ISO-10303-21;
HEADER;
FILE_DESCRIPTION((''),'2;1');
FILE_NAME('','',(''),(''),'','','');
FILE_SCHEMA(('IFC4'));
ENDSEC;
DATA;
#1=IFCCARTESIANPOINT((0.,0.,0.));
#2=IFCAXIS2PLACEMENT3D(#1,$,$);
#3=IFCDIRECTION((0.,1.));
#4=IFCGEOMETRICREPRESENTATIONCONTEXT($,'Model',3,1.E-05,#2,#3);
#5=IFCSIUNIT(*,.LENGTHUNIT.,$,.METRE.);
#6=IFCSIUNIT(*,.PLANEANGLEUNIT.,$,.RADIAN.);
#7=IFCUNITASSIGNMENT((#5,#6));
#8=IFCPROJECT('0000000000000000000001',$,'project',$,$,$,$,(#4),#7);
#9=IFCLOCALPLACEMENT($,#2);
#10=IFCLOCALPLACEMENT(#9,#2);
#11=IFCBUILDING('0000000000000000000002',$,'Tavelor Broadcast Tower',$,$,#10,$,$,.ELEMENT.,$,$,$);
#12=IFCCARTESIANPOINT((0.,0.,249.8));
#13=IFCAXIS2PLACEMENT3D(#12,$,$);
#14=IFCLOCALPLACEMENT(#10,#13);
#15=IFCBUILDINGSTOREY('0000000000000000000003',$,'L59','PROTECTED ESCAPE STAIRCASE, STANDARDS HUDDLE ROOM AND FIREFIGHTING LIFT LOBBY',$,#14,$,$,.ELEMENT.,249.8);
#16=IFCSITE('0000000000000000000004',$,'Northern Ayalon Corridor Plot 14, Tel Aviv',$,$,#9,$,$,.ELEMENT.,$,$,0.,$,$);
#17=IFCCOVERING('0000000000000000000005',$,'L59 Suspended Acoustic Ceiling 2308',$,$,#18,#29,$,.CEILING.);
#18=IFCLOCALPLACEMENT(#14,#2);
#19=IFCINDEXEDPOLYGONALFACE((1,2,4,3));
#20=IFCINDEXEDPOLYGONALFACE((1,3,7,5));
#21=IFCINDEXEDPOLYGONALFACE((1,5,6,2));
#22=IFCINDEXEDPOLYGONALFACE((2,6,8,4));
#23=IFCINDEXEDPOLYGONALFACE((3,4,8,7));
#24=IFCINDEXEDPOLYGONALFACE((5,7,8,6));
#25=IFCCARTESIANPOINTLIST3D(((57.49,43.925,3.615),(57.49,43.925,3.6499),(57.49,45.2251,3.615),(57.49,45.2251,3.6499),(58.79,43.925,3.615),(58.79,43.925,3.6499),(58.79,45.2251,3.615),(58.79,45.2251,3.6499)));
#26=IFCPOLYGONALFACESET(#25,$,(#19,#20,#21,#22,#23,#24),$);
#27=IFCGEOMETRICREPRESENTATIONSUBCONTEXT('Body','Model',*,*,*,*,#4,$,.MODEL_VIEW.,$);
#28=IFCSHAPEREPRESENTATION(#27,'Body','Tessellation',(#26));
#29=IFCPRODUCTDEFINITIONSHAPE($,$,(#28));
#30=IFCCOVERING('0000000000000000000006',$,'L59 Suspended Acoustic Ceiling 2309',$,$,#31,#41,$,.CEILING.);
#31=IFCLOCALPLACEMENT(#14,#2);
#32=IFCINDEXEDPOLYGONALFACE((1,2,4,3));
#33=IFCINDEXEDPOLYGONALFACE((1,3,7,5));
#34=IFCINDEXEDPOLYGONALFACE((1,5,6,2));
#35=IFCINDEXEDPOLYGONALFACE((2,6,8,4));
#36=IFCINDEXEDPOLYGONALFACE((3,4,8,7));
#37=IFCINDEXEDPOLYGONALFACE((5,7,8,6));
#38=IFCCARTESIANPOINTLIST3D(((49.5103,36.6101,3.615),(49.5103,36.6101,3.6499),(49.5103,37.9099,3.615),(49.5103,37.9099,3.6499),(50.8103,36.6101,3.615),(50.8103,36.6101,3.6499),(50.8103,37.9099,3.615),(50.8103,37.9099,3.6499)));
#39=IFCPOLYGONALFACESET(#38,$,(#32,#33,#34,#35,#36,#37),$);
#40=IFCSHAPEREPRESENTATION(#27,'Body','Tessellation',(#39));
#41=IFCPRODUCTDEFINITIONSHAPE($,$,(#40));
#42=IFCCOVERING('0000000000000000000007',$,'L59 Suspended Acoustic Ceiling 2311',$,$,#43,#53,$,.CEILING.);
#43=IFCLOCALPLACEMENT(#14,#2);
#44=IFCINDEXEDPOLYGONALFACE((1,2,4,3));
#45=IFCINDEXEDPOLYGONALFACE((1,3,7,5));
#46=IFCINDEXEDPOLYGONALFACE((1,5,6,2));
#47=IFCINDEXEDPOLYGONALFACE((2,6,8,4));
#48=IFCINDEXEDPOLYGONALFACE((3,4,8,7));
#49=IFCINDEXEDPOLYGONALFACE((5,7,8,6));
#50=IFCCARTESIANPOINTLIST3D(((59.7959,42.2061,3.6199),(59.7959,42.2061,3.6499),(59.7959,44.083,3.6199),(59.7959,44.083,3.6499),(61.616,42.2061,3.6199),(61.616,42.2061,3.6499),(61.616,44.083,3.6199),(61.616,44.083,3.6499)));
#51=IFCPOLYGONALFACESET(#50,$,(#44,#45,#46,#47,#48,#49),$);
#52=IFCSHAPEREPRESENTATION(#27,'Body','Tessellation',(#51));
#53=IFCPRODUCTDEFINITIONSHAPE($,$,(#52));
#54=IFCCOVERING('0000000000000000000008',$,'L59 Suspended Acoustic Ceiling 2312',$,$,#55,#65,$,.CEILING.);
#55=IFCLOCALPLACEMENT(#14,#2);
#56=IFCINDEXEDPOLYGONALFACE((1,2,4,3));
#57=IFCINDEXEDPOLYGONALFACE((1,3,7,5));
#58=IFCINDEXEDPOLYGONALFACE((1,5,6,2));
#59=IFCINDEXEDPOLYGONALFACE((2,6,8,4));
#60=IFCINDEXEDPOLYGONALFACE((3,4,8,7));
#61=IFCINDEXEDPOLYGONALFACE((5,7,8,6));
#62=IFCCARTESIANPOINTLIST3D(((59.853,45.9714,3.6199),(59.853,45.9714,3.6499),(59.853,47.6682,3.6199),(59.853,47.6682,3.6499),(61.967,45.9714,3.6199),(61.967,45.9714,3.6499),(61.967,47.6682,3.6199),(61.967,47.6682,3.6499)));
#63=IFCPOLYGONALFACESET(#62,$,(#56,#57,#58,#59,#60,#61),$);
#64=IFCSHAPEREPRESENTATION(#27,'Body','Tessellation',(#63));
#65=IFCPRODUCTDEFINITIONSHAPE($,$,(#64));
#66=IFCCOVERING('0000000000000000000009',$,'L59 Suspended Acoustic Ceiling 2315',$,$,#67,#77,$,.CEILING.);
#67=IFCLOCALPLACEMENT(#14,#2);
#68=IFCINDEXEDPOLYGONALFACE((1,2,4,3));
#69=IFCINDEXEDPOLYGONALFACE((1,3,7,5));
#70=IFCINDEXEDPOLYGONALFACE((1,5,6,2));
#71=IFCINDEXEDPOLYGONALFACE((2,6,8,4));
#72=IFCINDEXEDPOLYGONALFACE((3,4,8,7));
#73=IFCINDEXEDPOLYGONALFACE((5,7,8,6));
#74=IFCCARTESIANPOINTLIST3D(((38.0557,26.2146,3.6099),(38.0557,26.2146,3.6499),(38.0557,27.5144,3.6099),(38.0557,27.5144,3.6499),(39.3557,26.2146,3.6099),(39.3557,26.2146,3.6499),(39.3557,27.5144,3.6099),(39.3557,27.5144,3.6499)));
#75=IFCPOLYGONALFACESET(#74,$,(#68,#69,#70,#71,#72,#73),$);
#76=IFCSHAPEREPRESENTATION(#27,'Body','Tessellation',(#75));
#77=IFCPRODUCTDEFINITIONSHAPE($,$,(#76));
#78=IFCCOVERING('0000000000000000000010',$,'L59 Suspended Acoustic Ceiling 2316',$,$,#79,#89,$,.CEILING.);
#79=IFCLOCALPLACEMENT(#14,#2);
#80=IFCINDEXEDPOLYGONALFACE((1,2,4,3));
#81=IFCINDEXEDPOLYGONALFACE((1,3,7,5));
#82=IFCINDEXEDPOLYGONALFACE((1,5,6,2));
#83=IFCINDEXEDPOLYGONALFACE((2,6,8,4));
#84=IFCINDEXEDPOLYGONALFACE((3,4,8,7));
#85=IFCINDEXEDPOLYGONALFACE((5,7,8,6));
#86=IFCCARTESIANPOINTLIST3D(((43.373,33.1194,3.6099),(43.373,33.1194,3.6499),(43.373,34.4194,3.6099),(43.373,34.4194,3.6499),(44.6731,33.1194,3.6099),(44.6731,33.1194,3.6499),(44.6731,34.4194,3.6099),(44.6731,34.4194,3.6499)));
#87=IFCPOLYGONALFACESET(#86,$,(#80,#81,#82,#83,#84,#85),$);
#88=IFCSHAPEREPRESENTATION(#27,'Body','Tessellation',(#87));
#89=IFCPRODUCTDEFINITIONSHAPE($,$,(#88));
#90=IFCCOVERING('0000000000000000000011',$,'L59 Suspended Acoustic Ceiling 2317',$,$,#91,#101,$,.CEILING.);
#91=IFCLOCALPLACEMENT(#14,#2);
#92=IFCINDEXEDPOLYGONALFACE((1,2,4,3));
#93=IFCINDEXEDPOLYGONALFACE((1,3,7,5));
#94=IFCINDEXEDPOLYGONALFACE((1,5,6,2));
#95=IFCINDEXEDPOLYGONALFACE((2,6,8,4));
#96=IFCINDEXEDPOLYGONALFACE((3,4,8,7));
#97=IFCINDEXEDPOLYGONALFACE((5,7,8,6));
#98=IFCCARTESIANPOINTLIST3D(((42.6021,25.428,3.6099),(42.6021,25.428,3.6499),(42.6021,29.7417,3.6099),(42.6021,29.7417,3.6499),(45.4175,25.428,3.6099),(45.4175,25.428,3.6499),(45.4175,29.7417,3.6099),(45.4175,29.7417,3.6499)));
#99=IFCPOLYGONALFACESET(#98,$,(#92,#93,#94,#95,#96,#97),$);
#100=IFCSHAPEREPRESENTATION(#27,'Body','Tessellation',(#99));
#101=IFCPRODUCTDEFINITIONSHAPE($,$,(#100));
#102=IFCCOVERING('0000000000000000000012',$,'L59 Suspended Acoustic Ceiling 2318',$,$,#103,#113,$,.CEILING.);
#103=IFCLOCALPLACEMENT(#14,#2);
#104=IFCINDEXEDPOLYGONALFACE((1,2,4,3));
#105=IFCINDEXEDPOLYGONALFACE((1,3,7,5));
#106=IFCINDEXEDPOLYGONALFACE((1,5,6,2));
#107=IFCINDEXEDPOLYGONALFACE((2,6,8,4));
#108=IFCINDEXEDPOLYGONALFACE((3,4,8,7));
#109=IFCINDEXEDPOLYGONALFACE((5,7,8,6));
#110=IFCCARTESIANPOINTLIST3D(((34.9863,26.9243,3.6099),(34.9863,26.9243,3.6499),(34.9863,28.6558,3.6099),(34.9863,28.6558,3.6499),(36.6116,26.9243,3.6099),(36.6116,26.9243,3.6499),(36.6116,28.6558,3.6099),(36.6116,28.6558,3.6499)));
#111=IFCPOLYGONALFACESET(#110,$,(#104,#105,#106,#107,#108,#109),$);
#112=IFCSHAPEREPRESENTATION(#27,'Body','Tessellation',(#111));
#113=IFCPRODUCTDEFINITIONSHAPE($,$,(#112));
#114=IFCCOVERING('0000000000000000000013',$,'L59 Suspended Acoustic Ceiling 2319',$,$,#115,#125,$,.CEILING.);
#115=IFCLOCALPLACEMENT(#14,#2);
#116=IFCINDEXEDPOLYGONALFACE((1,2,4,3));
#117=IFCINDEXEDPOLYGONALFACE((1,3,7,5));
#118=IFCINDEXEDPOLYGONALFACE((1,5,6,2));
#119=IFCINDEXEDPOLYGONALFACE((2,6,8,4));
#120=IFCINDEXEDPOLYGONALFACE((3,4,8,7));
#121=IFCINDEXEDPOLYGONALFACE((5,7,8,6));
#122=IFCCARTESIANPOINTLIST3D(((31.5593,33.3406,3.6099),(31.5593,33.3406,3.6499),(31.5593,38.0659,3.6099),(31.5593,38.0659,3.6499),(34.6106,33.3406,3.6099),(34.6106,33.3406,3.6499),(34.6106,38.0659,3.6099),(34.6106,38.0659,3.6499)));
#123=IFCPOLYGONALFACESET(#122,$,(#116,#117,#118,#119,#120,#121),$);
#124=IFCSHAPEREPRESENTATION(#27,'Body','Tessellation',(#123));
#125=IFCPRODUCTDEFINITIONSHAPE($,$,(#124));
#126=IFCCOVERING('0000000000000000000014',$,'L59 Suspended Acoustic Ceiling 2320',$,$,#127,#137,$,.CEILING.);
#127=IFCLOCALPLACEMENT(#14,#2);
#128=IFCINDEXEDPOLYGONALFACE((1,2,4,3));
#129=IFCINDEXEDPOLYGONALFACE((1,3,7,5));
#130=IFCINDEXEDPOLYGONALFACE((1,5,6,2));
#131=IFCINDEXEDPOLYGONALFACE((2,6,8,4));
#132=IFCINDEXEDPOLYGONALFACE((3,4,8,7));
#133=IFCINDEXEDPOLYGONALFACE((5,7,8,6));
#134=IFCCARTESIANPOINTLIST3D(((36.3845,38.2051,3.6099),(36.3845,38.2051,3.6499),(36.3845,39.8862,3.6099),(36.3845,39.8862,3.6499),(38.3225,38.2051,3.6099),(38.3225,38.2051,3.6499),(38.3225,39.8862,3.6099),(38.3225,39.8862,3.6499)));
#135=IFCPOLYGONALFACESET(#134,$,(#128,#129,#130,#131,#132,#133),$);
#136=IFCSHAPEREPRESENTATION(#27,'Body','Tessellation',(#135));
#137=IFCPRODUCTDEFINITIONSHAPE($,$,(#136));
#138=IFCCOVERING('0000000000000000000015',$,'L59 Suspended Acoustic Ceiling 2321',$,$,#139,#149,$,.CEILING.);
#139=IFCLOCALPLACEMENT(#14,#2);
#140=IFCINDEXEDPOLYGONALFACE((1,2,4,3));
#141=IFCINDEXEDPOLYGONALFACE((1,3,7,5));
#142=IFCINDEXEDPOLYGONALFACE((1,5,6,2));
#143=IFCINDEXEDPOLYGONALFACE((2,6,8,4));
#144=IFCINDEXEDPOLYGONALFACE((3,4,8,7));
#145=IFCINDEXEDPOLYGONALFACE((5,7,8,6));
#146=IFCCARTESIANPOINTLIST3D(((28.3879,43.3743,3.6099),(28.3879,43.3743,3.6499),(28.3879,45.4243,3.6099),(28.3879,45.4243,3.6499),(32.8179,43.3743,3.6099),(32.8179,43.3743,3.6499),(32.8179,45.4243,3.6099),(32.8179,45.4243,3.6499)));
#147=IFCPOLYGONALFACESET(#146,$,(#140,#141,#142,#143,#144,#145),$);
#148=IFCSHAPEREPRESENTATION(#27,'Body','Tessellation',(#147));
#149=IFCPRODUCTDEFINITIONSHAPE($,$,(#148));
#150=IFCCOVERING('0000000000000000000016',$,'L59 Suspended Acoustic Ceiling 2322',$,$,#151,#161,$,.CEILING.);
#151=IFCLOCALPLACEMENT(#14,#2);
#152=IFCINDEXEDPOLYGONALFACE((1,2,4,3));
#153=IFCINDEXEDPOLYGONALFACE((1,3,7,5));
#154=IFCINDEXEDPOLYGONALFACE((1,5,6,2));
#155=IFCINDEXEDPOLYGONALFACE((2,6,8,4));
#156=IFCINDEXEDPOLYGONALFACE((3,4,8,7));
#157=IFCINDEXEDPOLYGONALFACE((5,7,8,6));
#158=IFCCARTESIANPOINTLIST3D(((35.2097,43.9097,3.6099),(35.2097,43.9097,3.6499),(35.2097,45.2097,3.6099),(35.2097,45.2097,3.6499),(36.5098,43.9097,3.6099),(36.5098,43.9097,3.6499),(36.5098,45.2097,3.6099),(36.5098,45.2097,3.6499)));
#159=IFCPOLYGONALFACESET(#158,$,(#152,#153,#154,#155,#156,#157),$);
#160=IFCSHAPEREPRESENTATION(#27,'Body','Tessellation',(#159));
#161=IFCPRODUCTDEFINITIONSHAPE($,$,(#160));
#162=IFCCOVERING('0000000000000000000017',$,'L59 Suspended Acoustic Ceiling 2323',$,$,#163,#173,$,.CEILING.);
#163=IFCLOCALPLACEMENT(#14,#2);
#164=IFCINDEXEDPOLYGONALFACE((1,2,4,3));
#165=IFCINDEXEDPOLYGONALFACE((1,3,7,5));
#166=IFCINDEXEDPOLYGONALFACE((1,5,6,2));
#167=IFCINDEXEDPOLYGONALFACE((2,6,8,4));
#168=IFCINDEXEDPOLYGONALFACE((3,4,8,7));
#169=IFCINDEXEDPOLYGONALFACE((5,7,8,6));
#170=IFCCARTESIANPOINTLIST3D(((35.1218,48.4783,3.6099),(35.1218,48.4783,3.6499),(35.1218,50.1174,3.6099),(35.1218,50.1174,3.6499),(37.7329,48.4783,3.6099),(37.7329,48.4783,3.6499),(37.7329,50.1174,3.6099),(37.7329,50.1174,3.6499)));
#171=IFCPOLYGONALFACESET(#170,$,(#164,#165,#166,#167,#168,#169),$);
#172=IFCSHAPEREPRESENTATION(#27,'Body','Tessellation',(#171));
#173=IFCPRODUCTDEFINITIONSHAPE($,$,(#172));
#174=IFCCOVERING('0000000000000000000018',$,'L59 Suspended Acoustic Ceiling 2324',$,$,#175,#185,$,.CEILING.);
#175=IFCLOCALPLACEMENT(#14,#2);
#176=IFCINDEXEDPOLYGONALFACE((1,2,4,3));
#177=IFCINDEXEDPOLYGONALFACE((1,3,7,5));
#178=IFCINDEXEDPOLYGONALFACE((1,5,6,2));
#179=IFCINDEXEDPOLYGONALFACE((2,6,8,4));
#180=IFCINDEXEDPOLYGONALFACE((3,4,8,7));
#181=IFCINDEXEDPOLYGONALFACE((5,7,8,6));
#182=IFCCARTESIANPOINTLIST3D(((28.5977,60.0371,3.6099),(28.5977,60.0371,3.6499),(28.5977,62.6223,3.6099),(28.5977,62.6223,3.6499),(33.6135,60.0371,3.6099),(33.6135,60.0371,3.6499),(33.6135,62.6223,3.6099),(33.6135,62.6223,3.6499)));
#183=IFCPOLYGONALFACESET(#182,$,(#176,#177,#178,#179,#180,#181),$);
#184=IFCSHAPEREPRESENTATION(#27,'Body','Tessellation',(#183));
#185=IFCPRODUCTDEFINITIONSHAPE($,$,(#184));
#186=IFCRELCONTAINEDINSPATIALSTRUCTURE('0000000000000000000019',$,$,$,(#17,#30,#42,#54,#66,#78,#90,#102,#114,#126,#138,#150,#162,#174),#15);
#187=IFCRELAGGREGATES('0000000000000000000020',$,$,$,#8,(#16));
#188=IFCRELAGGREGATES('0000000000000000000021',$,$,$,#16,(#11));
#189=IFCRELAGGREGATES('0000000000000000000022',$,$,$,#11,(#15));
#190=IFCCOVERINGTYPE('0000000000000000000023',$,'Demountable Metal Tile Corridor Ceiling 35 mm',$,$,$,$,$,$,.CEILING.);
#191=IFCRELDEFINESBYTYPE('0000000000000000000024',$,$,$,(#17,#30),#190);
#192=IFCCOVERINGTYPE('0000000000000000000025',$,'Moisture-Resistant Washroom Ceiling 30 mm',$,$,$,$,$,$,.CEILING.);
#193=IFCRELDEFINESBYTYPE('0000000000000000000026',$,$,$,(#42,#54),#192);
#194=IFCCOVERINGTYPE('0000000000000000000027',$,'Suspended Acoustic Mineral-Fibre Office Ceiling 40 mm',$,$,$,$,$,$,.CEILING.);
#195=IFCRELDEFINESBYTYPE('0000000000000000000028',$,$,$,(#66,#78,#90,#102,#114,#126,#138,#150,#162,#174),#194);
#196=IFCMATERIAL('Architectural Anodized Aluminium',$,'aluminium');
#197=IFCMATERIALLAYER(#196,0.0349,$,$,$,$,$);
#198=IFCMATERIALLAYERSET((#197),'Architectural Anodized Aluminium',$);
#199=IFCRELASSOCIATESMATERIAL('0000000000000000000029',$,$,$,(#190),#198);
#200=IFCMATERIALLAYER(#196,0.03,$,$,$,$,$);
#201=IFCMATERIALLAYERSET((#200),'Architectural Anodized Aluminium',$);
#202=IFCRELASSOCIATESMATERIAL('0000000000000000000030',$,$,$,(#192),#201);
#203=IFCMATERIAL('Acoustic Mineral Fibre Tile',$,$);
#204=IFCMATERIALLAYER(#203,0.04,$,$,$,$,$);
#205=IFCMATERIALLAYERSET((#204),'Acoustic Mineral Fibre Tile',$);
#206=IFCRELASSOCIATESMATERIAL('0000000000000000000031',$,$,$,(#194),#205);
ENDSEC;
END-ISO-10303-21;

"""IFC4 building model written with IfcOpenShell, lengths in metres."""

from ifc_helpers import new_model, si_unit, direction, frame, origin, place, context, subcontext, project, spatial, polyline, outline, extrude, material, layer, layer_set, type_object, element, save


model = new_model("IFC4")

# Units and contexts
model_context = context("Model", 3, precision=1e-05, world=origin(), true_north=direction((0.0, 1.0)))
body_context = subcontext(model_context, "Body", "Model", "MODEL_VIEW")
ifc_project = project(units=[si_unit("LENGTHUNIT", "METRE"), si_unit("PLANEANGLEUNIT", "RADIAN")], contexts=[model_context])

# Site, building, storey
site_placement = place(None, origin())
site = spatial("IfcSite", under=ifc_project, at=site_placement, Name="Northern Ayalon Corridor Plot 14, Tel Aviv", CompositionType="ELEMENT", RefElevation=0.0)
building_placement = place(site_placement, origin())
building = spatial("IfcBuilding", under=site, at=building_placement, Name="Tavelor Broadcast Tower", CompositionType="ELEMENT")
storey_placement = place(building_placement, frame((0.0, 0.0, 249.8)))
storey = spatial("IfcBuildingStorey", under=building, at=storey_placement, Name="L59", Description="PROTECTED ESCAPE STAIRCASE, STANDARDS HUDDLE ROOM AND FIREFIGHTING LIFT LOBBY", CompositionType="ELEMENT", Elevation=249.8)

# Coverings
ifc_material_1 = material(Name="Architectural Anodized Aluminium", Category="aluminium")
ifc_layer_1 = layer(ifc_material_1, 0.0349)
ifc_layer_set_1 = layer_set([ifc_layer_1], Name="Architectural Anodized Aluminium")
covering_type_1 = type_object("IfcCoveringType", Name="Demountable Metal Tile Corridor Ceiling 35 mm", PredefinedType="CEILING", material=ifc_layer_set_1)
covering_1_placement = place(storey_placement, frame((0.0, 0.0, 3.615)))
element("IfcCovering", 1, at=covering_1_placement, inside=storey, type_object=covering_type_1, Name="L59 Suspended Acoustic Ceiling 2308", PredefinedType="CEILING", context=body_context, shape_type="SweptSolid", body=[
    extrude(outline(polyline([(57.49, 43.925), (58.79, 43.925), (58.79, 45.2251), (57.49, 45.2251), (57.49, 43.925)])), origin(), (0.0, 0.0, 1.0), 0.0349),
])
covering_2_placement = place(storey_placement, frame((0.0, 0.0, 3.615)))
element("IfcCovering", 2, at=covering_2_placement, inside=storey, type_object=covering_type_1, Name="L59 Suspended Acoustic Ceiling 2309", PredefinedType="CEILING", context=body_context, shape_type="SweptSolid", body=[
    extrude(outline(polyline([(49.5103, 36.6101), (50.8103, 36.6101), (50.8103, 37.9099), (49.5103, 37.9099), (49.5103, 36.6101)])), origin(), (0.0, 0.0, 1.0), 0.0349),
])
ifc_layer_2 = layer(ifc_material_1, 0.03)
ifc_layer_set_2 = layer_set([ifc_layer_2], Name="Architectural Anodized Aluminium")
covering_type_2 = type_object("IfcCoveringType", Name="Moisture-Resistant Washroom Ceiling 30 mm", PredefinedType="CEILING", material=ifc_layer_set_2)
covering_3_placement = place(storey_placement, frame((0.0, 0.0, 3.6199)))
element("IfcCovering", 3, at=covering_3_placement, inside=storey, type_object=covering_type_2, Name="L59 Suspended Acoustic Ceiling 2311", PredefinedType="CEILING", context=body_context, shape_type="SweptSolid", body=[
    extrude(outline(polyline([(59.7959, 42.2061), (61.616, 42.2061), (61.616, 44.083), (59.7959, 44.083), (59.7959, 42.2061)])), origin(), (0.0, 0.0, 1.0), 0.03),
])
covering_4_placement = place(storey_placement, frame((0.0, 0.0, 3.6199)))
element("IfcCovering", 4, at=covering_4_placement, inside=storey, type_object=covering_type_2, Name="L59 Suspended Acoustic Ceiling 2312", PredefinedType="CEILING", context=body_context, shape_type="SweptSolid", body=[
    extrude(outline(polyline([(59.853, 45.9714), (61.967, 45.9714), (61.967, 47.6682), (59.853, 47.6682), (59.853, 45.9714)])), origin(), (0.0, 0.0, 1.0), 0.03),
])
ifc_material_2 = material(Name="Acoustic Mineral Fibre Tile")
ifc_layer_3 = layer(ifc_material_2, 0.04)
ifc_layer_set_3 = layer_set([ifc_layer_3], Name="Acoustic Mineral Fibre Tile")
covering_type_3 = type_object("IfcCoveringType", Name="Suspended Acoustic Mineral-Fibre Office Ceiling 40 mm", PredefinedType="CEILING", material=ifc_layer_set_3)
covering_5_placement = place(storey_placement, frame((0.0, 0.0, 3.6099)))
element("IfcCovering", 5, at=covering_5_placement, inside=storey, type_object=covering_type_3, Name="L59 Suspended Acoustic Ceiling 2315", PredefinedType="CEILING", context=body_context, shape_type="SweptSolid", body=[
    extrude(outline(polyline([(38.0557, 26.2146), (39.3557, 26.2146), (39.3557, 27.5144), (38.0557, 27.5144), (38.0557, 26.2146)])), origin(), (0.0, 0.0, 1.0), 0.04),
])
covering_6_placement = place(storey_placement, frame((0.0, 0.0, 3.6099)))
element("IfcCovering", 6, at=covering_6_placement, inside=storey, type_object=covering_type_3, Name="L59 Suspended Acoustic Ceiling 2316", PredefinedType="CEILING", context=body_context, shape_type="SweptSolid", body=[
    extrude(outline(polyline([(43.373, 33.1194), (44.6731, 33.1194), (44.6731, 34.4194), (43.373, 34.4194), (43.373, 33.1194)])), origin(), (0.0, 0.0, 1.0), 0.04),
])
covering_7_placement = place(storey_placement, frame((0.0, 0.0, 3.6099)))
element("IfcCovering", 7, at=covering_7_placement, inside=storey, type_object=covering_type_3, Name="L59 Suspended Acoustic Ceiling 2317", PredefinedType="CEILING", context=body_context, shape_type="SweptSolid", body=[
    extrude(outline(polyline([(42.6021, 25.428), (45.4175, 25.428), (45.4175, 29.7417), (42.6021, 29.7417), (42.6021, 25.428)])), origin(), (0.0, 0.0, 1.0), 0.04),
])
covering_8_placement = place(storey_placement, frame((0.0, 0.0, 3.6099)))
element("IfcCovering", 8, at=covering_8_placement, inside=storey, type_object=covering_type_3, Name="L59 Suspended Acoustic Ceiling 2318", PredefinedType="CEILING", context=body_context, shape_type="SweptSolid", body=[
    extrude(outline(polyline([(34.9863, 26.9243), (36.6116, 26.9243), (36.6116, 28.6558), (34.9863, 28.6558), (34.9863, 26.9243)])), origin(), (0.0, 0.0, 1.0), 0.04),
])
covering_9_placement = place(storey_placement, frame((0.0, 0.0, 3.6099)))
element("IfcCovering", 9, at=covering_9_placement, inside=storey, type_object=covering_type_3, Name="L59 Suspended Acoustic Ceiling 2319", PredefinedType="CEILING", context=body_context, shape_type="SweptSolid", body=[
    extrude(outline(polyline([(31.5593, 33.3406), (34.6106, 33.3406), (34.6106, 38.0659), (31.5593, 38.0659), (31.5593, 33.3406)])), origin(), (0.0, 0.0, 1.0), 0.04),
])
covering_10_placement = place(storey_placement, frame((0.0, 0.0, 3.6099)))
element("IfcCovering", 10, at=covering_10_placement, inside=storey, type_object=covering_type_3, Name="L59 Suspended Acoustic Ceiling 2320", PredefinedType="CEILING", context=body_context, shape_type="SweptSolid", body=[
    extrude(outline(polyline([(36.3845, 38.2051), (38.3225, 38.2051), (38.3225, 39.8862), (36.3845, 39.8862), (36.3845, 38.2051)])), origin(), (0.0, 0.0, 1.0), 0.04),
])
covering_11_placement = place(storey_placement, frame((0.0, 0.0, 3.6099)))
element("IfcCovering", 11, at=covering_11_placement, inside=storey, type_object=covering_type_3, Name="L59 Suspended Acoustic Ceiling 2321", PredefinedType="CEILING", context=body_context, shape_type="SweptSolid", body=[
    extrude(outline(polyline([(28.3879, 43.3743), (32.8179, 43.3743), (32.8179, 45.4243), (28.3879, 45.4243), (28.3879, 43.3743)])), origin(), (0.0, 0.0, 1.0), 0.04),
])
covering_12_placement = place(storey_placement, frame((0.0, 0.0, 3.6099)))
element("IfcCovering", 12, at=covering_12_placement, inside=storey, type_object=covering_type_3, Name="L59 Suspended Acoustic Ceiling 2322", PredefinedType="CEILING", context=body_context, shape_type="SweptSolid", body=[
    extrude(outline(polyline([(35.2097, 43.9097), (36.5098, 43.9097), (36.5098, 45.2097), (35.2097, 45.2097), (35.2097, 43.9097)])), origin(), (0.0, 0.0, 1.0), 0.04),
])
covering_13_placement = place(storey_placement, frame((0.0, 0.0, 3.6099)))
element("IfcCovering", 13, at=covering_13_placement, inside=storey, type_object=covering_type_3, Name="L59 Suspended Acoustic Ceiling 2323", PredefinedType="CEILING", context=body_context, shape_type="SweptSolid", body=[
    extrude(outline(polyline([(35.1218, 48.4783), (37.7329, 48.4783), (37.7329, 50.1174), (35.1218, 50.1174), (35.1218, 48.4783)])), origin(), (0.0, 0.0, 1.0), 0.04),
])
covering_14_placement = place(storey_placement, frame((0.0, 0.0, 3.6099)))
element("IfcCovering", 14, at=covering_14_placement, inside=storey, type_object=covering_type_3, Name="L59 Suspended Acoustic Ceiling 2324", PredefinedType="CEILING", context=body_context, shape_type="SweptSolid", body=[
    extrude(outline(polyline([(28.5977, 60.0371), (33.6135, 60.0371), (33.6135, 62.6223), (28.5977, 62.6223), (28.5977, 60.0371)])), origin(), (0.0, 0.0, 1.0), 0.04),
])

save(model, "model.ifc")
